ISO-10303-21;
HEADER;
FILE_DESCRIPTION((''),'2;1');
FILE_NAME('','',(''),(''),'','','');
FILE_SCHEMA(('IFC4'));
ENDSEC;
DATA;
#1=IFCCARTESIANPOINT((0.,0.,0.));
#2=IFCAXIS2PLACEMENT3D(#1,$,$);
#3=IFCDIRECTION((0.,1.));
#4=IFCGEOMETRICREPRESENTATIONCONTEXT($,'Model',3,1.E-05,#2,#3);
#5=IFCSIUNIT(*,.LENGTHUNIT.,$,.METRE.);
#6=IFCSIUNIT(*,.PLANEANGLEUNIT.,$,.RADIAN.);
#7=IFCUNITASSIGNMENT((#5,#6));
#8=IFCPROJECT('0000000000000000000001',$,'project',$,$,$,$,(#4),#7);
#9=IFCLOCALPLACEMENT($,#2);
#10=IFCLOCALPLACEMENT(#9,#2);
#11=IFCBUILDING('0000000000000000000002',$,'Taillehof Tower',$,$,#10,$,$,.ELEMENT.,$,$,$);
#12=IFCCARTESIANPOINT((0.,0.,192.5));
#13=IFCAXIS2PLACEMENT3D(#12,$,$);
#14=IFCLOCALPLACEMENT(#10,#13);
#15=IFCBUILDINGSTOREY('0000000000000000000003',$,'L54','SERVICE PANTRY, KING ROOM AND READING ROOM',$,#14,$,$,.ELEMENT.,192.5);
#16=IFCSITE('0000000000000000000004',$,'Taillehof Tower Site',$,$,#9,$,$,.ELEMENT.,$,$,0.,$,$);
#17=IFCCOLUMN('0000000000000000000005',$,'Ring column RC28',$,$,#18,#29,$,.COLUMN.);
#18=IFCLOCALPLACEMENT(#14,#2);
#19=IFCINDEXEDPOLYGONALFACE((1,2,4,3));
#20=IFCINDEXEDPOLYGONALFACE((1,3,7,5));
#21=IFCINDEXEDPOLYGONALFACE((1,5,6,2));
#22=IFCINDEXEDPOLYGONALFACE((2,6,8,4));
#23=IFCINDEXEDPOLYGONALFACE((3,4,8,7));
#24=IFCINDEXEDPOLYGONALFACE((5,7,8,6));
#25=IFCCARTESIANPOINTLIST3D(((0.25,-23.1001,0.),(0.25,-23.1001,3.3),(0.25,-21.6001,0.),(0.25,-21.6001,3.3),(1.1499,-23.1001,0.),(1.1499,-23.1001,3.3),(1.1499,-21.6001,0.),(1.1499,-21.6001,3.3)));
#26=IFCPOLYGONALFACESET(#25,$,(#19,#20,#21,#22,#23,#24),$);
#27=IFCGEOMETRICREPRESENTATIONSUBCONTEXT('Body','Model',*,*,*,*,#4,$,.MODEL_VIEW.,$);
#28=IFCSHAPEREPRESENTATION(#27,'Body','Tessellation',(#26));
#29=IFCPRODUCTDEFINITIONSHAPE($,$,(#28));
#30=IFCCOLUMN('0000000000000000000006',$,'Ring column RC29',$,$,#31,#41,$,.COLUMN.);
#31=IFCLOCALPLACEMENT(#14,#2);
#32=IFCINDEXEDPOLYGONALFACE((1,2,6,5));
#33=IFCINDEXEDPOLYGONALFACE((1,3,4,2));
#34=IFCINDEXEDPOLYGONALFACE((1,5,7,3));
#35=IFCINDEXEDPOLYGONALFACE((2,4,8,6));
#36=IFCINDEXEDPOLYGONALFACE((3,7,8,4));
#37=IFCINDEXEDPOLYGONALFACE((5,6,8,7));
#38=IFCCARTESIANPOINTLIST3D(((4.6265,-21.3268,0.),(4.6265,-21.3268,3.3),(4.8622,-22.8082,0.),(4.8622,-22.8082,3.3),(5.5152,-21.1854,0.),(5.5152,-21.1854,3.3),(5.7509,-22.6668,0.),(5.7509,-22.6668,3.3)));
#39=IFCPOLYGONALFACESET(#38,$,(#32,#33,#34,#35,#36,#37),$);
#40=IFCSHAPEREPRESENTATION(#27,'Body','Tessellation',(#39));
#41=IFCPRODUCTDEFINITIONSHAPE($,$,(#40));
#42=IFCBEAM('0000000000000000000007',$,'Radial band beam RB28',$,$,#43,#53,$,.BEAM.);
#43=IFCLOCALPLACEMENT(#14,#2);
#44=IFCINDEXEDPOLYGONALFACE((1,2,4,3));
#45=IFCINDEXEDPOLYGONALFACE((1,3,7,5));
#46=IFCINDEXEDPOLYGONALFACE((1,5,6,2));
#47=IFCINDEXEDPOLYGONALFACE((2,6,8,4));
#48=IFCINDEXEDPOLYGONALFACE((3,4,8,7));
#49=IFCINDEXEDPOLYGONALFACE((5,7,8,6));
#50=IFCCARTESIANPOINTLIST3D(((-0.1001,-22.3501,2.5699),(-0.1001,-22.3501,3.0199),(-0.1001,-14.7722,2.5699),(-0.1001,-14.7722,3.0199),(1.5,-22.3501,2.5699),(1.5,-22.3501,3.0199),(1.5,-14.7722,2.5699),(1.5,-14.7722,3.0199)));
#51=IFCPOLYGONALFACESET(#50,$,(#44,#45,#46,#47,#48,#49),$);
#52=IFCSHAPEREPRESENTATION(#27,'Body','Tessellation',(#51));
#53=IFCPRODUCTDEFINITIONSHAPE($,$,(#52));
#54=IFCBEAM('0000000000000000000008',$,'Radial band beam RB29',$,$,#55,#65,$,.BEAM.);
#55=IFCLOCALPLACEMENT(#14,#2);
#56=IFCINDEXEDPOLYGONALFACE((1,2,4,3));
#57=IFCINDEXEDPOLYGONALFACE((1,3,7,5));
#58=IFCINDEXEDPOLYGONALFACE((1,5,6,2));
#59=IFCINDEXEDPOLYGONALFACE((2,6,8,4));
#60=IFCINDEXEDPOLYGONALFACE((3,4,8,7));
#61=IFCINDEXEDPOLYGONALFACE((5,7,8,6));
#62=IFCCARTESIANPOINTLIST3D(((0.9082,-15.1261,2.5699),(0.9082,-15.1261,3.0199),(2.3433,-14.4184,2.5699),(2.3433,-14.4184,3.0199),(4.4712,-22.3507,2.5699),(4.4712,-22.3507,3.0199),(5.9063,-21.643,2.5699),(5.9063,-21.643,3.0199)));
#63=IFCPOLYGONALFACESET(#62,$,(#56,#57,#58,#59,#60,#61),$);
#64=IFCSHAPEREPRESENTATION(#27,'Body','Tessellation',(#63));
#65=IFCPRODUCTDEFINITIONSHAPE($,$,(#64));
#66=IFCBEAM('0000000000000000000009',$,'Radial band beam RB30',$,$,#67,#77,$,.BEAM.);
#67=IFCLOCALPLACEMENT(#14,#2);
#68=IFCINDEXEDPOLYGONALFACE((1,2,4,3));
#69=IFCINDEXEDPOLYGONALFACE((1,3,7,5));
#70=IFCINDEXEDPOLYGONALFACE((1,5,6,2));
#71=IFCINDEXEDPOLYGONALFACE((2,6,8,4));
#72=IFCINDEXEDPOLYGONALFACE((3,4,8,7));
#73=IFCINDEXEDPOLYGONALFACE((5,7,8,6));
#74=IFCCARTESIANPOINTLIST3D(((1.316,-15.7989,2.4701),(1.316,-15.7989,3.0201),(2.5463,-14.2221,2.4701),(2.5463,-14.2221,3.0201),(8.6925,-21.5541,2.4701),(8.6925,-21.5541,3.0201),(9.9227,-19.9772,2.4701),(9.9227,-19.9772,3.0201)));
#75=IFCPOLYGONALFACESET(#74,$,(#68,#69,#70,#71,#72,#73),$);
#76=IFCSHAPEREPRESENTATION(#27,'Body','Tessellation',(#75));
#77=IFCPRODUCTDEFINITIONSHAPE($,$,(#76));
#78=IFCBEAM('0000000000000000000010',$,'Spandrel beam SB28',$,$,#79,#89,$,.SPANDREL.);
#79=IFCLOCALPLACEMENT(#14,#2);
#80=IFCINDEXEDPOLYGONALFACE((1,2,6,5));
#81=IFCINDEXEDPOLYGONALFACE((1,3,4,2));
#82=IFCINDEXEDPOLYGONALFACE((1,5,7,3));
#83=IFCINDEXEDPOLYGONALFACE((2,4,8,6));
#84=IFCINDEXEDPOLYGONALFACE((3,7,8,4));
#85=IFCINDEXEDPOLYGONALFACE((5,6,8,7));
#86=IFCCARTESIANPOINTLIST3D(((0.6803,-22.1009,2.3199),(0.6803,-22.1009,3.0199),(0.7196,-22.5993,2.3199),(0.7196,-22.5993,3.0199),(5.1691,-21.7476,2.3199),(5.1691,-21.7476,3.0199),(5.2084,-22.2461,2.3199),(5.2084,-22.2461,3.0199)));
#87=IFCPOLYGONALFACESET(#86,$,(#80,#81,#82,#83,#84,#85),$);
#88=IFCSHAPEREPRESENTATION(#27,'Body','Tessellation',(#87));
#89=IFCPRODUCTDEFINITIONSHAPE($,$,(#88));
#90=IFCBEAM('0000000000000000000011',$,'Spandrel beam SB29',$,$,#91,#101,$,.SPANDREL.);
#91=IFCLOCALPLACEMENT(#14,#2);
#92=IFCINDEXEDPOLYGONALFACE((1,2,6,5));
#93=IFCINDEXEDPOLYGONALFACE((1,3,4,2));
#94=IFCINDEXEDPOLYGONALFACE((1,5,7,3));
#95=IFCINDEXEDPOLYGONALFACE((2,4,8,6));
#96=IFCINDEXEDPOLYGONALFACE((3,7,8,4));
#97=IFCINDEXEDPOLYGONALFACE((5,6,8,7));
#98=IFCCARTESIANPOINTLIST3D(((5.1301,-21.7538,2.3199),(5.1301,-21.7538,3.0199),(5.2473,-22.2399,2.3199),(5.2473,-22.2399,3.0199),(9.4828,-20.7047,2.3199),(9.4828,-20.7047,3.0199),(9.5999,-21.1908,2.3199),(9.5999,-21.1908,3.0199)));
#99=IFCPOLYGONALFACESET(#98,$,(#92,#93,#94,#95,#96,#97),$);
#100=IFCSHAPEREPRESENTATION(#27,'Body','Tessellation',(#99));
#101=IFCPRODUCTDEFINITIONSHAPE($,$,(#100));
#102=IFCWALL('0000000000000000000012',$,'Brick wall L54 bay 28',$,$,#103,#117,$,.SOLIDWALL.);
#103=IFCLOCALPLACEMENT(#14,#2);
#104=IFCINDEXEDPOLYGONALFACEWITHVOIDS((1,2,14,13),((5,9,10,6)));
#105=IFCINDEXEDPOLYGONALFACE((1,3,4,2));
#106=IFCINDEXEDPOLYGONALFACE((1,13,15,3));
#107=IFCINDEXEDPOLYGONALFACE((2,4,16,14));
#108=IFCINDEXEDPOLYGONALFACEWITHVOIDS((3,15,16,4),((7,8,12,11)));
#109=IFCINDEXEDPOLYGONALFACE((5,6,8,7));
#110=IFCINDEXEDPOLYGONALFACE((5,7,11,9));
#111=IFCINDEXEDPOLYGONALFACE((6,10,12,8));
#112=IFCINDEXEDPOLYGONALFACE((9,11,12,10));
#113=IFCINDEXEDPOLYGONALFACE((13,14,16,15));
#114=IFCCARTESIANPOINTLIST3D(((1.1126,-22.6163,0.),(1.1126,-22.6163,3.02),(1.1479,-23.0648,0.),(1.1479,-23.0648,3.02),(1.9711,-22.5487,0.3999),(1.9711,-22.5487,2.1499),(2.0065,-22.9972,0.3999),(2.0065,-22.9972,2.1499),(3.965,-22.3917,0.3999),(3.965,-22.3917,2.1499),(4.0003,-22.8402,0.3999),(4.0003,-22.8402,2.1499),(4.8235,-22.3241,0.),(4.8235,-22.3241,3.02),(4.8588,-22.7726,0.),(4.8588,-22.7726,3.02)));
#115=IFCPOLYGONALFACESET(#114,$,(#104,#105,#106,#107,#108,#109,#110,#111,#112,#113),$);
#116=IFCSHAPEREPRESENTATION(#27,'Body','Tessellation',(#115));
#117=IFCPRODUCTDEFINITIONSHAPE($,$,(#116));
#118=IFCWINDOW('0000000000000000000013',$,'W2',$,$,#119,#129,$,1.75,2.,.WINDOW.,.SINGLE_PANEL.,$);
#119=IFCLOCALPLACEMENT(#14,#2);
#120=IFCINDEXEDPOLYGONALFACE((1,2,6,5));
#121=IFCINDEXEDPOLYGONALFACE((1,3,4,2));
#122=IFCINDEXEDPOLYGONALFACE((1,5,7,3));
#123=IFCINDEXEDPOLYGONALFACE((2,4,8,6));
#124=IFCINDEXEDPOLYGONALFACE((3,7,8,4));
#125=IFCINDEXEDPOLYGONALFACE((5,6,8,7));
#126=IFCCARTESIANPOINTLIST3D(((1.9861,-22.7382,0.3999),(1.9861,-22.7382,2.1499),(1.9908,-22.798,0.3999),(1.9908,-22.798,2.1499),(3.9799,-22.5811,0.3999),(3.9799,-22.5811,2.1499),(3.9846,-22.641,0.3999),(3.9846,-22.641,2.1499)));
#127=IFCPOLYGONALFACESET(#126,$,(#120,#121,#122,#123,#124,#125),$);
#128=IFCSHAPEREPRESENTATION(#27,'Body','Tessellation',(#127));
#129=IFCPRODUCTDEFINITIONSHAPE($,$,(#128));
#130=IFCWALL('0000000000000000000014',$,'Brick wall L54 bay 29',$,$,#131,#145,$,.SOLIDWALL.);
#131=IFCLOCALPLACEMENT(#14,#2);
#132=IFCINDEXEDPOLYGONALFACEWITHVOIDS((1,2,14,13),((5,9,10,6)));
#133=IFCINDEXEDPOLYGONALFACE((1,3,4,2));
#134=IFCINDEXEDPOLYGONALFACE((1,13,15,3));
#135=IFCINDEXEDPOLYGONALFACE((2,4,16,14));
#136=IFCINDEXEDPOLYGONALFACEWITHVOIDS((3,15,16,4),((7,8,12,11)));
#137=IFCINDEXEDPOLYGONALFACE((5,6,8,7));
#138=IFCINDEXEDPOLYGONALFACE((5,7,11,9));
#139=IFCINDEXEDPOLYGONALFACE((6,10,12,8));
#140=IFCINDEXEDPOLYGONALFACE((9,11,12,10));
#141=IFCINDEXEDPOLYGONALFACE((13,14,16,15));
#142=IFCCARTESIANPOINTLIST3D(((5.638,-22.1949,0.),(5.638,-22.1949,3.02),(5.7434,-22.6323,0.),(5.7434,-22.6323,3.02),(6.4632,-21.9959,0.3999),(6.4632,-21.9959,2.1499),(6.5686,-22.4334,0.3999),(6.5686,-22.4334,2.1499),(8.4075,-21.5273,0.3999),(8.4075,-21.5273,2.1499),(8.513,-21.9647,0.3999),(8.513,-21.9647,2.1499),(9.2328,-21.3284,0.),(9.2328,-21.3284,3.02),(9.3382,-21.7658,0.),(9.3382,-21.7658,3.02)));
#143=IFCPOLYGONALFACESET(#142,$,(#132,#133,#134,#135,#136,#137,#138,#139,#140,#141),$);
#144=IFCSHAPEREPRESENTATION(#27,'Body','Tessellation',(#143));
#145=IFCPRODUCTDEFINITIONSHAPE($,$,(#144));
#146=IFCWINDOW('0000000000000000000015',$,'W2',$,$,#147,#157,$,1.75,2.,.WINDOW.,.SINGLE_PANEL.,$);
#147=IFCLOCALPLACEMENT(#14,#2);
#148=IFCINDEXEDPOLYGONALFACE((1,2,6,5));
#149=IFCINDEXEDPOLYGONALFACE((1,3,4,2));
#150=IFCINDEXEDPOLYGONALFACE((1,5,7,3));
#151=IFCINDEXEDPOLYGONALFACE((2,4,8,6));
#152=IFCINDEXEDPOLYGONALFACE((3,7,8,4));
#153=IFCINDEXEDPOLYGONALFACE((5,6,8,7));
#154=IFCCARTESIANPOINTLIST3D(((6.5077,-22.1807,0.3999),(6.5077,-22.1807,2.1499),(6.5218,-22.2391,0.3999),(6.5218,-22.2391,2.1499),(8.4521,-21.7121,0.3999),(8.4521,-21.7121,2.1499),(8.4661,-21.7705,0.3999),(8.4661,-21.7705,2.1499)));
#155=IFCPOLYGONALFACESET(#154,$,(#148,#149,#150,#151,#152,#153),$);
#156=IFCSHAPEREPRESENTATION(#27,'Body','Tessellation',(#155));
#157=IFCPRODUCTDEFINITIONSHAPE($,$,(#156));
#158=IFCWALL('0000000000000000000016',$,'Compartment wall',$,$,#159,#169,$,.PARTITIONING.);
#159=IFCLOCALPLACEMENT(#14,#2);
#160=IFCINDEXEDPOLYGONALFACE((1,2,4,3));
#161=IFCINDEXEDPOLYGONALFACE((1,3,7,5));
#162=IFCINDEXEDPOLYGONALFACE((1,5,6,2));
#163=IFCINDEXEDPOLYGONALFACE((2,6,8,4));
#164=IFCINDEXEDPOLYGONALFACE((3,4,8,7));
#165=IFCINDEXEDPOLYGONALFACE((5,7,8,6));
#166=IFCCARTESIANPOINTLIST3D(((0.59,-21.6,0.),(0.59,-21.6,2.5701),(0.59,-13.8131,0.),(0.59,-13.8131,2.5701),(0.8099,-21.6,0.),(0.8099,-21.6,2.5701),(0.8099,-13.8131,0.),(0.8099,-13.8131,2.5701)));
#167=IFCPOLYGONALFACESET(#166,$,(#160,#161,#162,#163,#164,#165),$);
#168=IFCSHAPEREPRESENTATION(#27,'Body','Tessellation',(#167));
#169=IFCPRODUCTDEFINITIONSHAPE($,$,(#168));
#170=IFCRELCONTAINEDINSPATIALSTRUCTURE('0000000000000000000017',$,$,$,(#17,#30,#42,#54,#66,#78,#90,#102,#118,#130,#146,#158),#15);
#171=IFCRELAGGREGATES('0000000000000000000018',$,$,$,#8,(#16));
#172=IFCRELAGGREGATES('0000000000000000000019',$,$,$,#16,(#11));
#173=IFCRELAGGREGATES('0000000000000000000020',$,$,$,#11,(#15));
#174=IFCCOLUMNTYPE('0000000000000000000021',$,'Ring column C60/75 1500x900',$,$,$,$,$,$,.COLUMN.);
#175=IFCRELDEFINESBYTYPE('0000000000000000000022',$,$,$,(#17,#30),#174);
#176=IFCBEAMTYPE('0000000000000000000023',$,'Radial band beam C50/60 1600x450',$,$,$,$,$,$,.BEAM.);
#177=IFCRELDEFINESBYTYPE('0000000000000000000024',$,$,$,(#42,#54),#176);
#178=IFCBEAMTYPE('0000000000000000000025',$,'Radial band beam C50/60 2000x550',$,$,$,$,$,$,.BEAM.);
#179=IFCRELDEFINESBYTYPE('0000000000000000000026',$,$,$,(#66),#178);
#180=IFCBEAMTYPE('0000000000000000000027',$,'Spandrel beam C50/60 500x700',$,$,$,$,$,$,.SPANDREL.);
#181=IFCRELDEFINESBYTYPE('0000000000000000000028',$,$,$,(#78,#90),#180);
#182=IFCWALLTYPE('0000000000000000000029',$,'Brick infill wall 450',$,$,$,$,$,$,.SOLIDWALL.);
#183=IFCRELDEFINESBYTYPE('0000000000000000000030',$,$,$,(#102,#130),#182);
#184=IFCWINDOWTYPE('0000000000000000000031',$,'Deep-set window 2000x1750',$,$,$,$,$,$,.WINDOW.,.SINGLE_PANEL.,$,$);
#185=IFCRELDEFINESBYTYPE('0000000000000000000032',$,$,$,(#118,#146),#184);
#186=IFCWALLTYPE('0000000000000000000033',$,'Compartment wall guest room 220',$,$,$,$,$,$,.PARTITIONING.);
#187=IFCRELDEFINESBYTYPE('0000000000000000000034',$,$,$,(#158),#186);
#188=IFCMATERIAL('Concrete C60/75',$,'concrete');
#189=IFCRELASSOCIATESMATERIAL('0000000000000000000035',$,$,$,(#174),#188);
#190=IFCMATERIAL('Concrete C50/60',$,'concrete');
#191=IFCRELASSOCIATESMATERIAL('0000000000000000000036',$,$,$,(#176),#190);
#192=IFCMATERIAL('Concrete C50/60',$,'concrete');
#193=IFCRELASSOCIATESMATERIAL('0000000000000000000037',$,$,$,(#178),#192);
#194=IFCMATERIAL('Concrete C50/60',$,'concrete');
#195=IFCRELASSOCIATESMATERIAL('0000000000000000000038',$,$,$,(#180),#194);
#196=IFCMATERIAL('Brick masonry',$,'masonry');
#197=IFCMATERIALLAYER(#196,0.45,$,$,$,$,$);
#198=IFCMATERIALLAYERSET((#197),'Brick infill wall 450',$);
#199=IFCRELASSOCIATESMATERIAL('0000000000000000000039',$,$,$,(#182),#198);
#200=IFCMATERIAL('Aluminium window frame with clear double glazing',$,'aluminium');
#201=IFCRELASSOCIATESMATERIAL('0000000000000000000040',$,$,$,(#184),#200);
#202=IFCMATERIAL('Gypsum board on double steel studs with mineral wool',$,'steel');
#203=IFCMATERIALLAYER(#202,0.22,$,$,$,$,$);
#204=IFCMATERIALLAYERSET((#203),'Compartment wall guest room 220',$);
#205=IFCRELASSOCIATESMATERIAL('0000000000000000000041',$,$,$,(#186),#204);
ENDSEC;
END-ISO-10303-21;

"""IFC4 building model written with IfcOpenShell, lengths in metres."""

from ifc_helpers import new_model, si_unit, direction, frame, frame_2d, origin, origin_2d, place, context, subcontext, project, spatial, rectangle, extrude, material, layer, layer_set, material_profile, profile_set, type_object, element, fill, save


model = new_model("IFC4")

# Units and contexts
model_context = context("Model", 3, precision=1e-05, world=origin(), true_north=direction((0.0, 1.0)))
body_context = subcontext(model_context, "Body", "Model", "MODEL_VIEW")
ifc_project = project(units=[si_unit("LENGTHUNIT", "METRE"), si_unit("PLANEANGLEUNIT", "RADIAN")], contexts=[model_context])

# Site, building, storey
site_placement = place(None, origin())
site = spatial("IfcSite", under=ifc_project, at=site_placement, Name="Taillehof Tower Site", CompositionType="ELEMENT", RefElevation=0.0)
building_placement = place(site_placement, origin())
building = spatial("IfcBuilding", under=site, at=building_placement, Name="Taillehof Tower", CompositionType="ELEMENT")
storey_placement = place(building_placement, frame((0.0, 0.0, 192.5)))
storey = spatial("IfcBuildingStorey", under=building, at=storey_placement, Name="L54", Description="SERVICE PANTRY, KING ROOM AND READING ROOM", CompositionType="ELEMENT", Elevation=192.5)

# Columns
ifc_material_1 = material(Name="Concrete C60/75", Category="concrete")
ifc_material_profile_1 = material_profile(ifc_material_1, rectangle(XDim=1.5, YDim=0.8999, at=origin_2d()), Name="RC 1500x900")
ifc_profile_set_1 = profile_set([ifc_material_profile_1], Name="Concrete C60/75")
column_type = type_object("IfcColumnType", Name="Ring column C60/75 1500x900", PredefinedType="COLUMN", material=ifc_profile_set_1)
for number, where, z_axis, x_axis, name in (
    (1, (0.7, -22.3501, 0.0), (0.0, 0.0, 1.0), (0.0, -1.0, 0.0), "Ring column RC28"),
    (2, (5.1887, -21.9968, 0.0), (0.0, 0.0, 1.0), (0.157116, -0.98758, 0.0), "Ring column RC29"),
):
    element("IfcColumn", number, at=place(storey_placement, frame(where, z_axis=z_axis, x_axis=x_axis)), inside=storey, type_object=column_type, Name=name, PredefinedType="COLUMN", context=body_context, shape_type="SweptSolid", body=[
        extrude(rectangle(XDim=1.5, YDim=0.8999, at=origin_2d()), origin(), (0.0, 0.0, 1.0), 3.3),
    ])

# Beams
ifc_material_2 = material(Name="Concrete C50/60", Category="concrete")
ifc_material_profile_2 = material_profile(ifc_material_2, rectangle(XDim=1.6001, YDim=0.45, at=origin_2d()), Name="RC 1600x450")
ifc_profile_set_2 = profile_set([ifc_material_profile_2], Name="Concrete C50/60")
beam_type_1 = type_object("IfcBeamType", Name="Radial band beam C50/60 1600x450", PredefinedType="BEAM", material=ifc_profile_set_2)
beam_1_placement = place(storey_placement, frame((0.7, -22.3501, 2.7949), z_axis=(0.0, 1.0, 0.0), x_axis=(-1.0, 0.0, 0.0)))
element("IfcBeam", 3, at=beam_1_placement, inside=storey, type_object=beam_type_1, Name="Radial band beam RB28", PredefinedType="BEAM", context=body_context, shape_type="SweptSolid", body=[
    extrude(rectangle(XDim=1.6001, YDim=0.45, at=origin_2d()), origin(), (0.0, 0.0, 1.0), 7.5779),
])
beam_2_placement = place(storey_placement, frame((5.1887, -21.9968, 2.7949), z_axis=(-0.442309, 0.896863, 0.0), x_axis=(-0.896863, -0.442309, 0.0)))
element("IfcBeam", 4, at=beam_2_placement, inside=storey, type_object=beam_type_1, Name="Radial band beam RB29", PredefinedType="BEAM", context=body_context, shape_type="SweptSolid", body=[
    extrude(rectangle(XDim=1.6001, YDim=0.45, at=origin_2d()), origin(), (0.0, 0.0, 1.0), 8.0554),
])
ifc_material_3 = material(Name="Concrete C50/60", Category="concrete")
ifc_material_profile_3 = material_profile(ifc_material_3, rectangle(XDim=2.0, YDim=0.55, at=origin_2d()), Name="RC 2000x550")
ifc_profile_set_3 = profile_set([ifc_material_profile_3], Name="Concrete C50/60")
beam_type_2 = type_object("IfcBeamType", Name="Radial band beam C50/60 2000x550", PredefinedType="BEAM", material=ifc_profile_set_3)
beam_3_placement = place(storey_placement, frame((9.3076, -20.7656, 2.7451), z_axis=(-0.788425, 0.61513, 0.0), x_axis=(-0.61513, -0.788425, 0.0)))
element("IfcBeam", 5, at=beam_3_placement, inside=storey, type_object=beam_type_2, Name="Radial band beam RB30", PredefinedType="BEAM", context=body_context, shape_type="SweptSolid", body=[
    extrude(rectangle(XDim=2.0, YDim=0.55, at=origin_2d()), origin(), (0.0, 0.0, 1.0), 9.356),
])
ifc_material_4 = material(Name="Concrete C50/60", Category="concrete")
ifc_material_profile_4 = material_profile(ifc_material_4, rectangle(XDim=0.5, YDim=0.7, at=origin_2d()), Name="RC 500x700")
ifc_profile_set_4 = profile_set([ifc_material_profile_4], Name="Concrete C50/60")
beam_type_3 = type_object("IfcBeamType", Name="Spandrel beam C50/60 500x700", PredefinedType="SPANDREL", material=ifc_profile_set_4)
beam_4_placement = place(storey_placement, frame((0.7, -22.3501, 2.6699), z_axis=(0.996917, 0.078459, 0.0), x_axis=(-0.078459, 0.996917, 0.0)))
element("IfcBeam", 6, at=beam_4_placement, inside=storey, type_object=beam_type_3, Name="Spandrel beam SB28", PredefinedType="SPANDREL", context=body_context, shape_type="SweptSolid", body=[
    extrude(rectangle(XDim=0.5, YDim=0.7, at=origin_2d()), origin(), (0.0, 0.0, 1.0), 4.5027),
])
beam_5_placement = place(storey_placement, frame((5.1887, -21.9968, 2.6699), z_axis=(0.972161, 0.234315, 0.0), x_axis=(-0.234315, 0.972161, 0.0)))
element("IfcBeam", 7, at=beam_5_placement, inside=storey, type_object=beam_type_3, Name="Spandrel beam SB29", PredefinedType="SPANDREL", context=body_context, shape_type="SweptSolid", body=[
    extrude(rectangle(XDim=0.5, YDim=0.7, at=origin_2d()), origin(), (0.0, 0.0, 1.0), 4.4773),
])

# Walls, openings, windows
ifc_material_5 = material(Name="Brick masonry", Category="masonry")
ifc_layer_1 = layer(ifc_material_5, 0.45)
ifc_layer_set_1 = layer_set([ifc_layer_1], Name="Brick infill wall 450")
wall_type_1 = type_object("IfcWallType", Name="Brick infill wall 450", PredefinedType="SOLIDWALL", material=ifc_layer_set_1)
wall_1_placement = place(storey_placement, frame((1.1301, -22.8406, 0.0), z_axis=(0.0, 0.0, 1.0), x_axis=(0.996914, 0.078507, 0.0)))
wall_1 = element("IfcWall", 8, at=wall_1_placement, inside=storey, type_object=wall_type_1, Name="Brick wall L54 bay 28", PredefinedType="SOLIDWALL", context=body_context, shape_type="SweptSolid", body=[
    extrude(rectangle(XDim=3.7224, YDim=0.45, at=frame_2d((1.8613, 0.0))), origin(), (0.0, 0.0, 1.0), 3.02),
])
opening_1_placement = place(wall_1_placement, frame((0.8613, 0.0, 0.3999)))
opening_1 = element("IfcOpeningElement", 9, at=opening_1_placement, cuts=wall_1, PredefinedType="OPENING", context=body_context, shape_type="SweptSolid", body=[
    extrude(rectangle(XDim=2.0, YDim=1.75, at=frame_2d((1.0, 0.875))), frame((0.0, 0.2349, 0.0), z_axis=(0.0, -1.0, 0.0), x_axis=(1.0, 0.0, 0.0)), (0.0, 0.0, 1.0), 0.47),
])
ifc_material_6 = material(Name="Aluminium window frame with clear double glazing", Category="aluminium")
window_type = type_object("IfcWindowType", Name="Deep-set window 2000x1750", PartitioningType="SINGLE_PANEL", PredefinedType="WINDOW", material=ifc_material_6)
window_1_placement = place(opening_1_placement, origin())
window_1 = element("IfcWindow", 10, at=window_1_placement, inside=storey, type_object=window_type, Name="W2", OverallHeight=1.75, OverallWidth=2.0, PartitioningType="SINGLE_PANEL", PredefinedType="WINDOW", context=body_context, shape_type="SweptSolid", body=[
    extrude(rectangle(XDim=2.0, YDim=1.75, at=frame_2d((1.0, 0.875))), frame((0.0, 0.0349, 0.0), z_axis=(0.0, -1.0, 0.0), x_axis=(1.0, 0.0, 0.0)), (0.0, 0.0, 1.0), 0.0601),
])
fill(opening_1, window_1)
wall_2_placement = place(storey_placement, frame((5.6907, -22.4136, 0.0), z_axis=(0.0, 0.0, 1.0), x_axis=(0.972158, 0.234324, 0.0)))
wall_2 = element("IfcWall", 11, at=wall_2_placement, inside=storey, type_object=wall_type_1, Name="Brick wall L54 bay 29", PredefinedType="SOLIDWALL", context=body_context, shape_type="SweptSolid", body=[
    extrude(rectangle(XDim=3.6978, YDim=0.45, at=frame_2d((1.8489, 0.0))), origin(), (0.0, 0.0, 1.0), 3.02),
])
opening_2_placement = place(wall_2_placement, frame((0.8489, 0.0, 0.3999)))
opening_2 = element("IfcOpeningElement", 12, at=opening_2_placement, cuts=wall_2, PredefinedType="OPENING", context=body_context, shape_type="SweptSolid", body=[
    extrude(rectangle(XDim=2.0, YDim=1.75, at=frame_2d((1.0, 0.875))), frame((0.0, 0.2349, 0.0), z_axis=(0.0, -1.0, 0.0), x_axis=(1.0, 0.0, 0.0)), (0.0, 0.0, 1.0), 0.47),
])
window_2_placement = place(opening_2_placement, origin())
window_2 = element("IfcWindow", 13, at=window_2_placement, inside=storey, type_object=window_type, Name="W2", OverallHeight=1.75, OverallWidth=2.0, PartitioningType="SINGLE_PANEL", PredefinedType="WINDOW", context=body_context, shape_type="SweptSolid", body=[
    extrude(rectangle(XDim=2.0, YDim=1.75, at=frame_2d((1.0, 0.875))), frame((0.0, 0.0349, 0.0), z_axis=(0.0, -1.0, 0.0), x_axis=(1.0, 0.0, 0.0)), (0.0, 0.0, 1.0), 0.0601),
])
fill(opening_2, window_2)

# Wall
ifc_material_7 = material(Name="Gypsum board on double steel studs with mineral wool", Category="steel")
ifc_layer_2 = layer(ifc_material_7, 0.22)
ifc_layer_set_2 = layer_set([ifc_layer_2], Name="Compartment wall guest room 220")
wall_type_2 = type_object("IfcWallType", Name="Compartment wall guest room 220", PredefinedType="PARTITIONING", material=ifc_layer_set_2)
wall_3_placement = place(storey_placement, frame((0.7, -21.6001, 0.0), z_axis=(0.0, 0.0, 1.0), x_axis=(0.0, 1.0, 0.0)))
element("IfcWall", 14, at=wall_3_placement, inside=storey, type_object=wall_type_2, Name="Compartment wall", PredefinedType="PARTITIONING", context=body_context, shape_type="SweptSolid", body=[
    extrude(rectangle(XDim=7.7869, YDim=0.22, at=frame_2d((3.8936, 0.0))), origin(), (0.0, 0.0, 1.0), 2.5701),
])

save(model, "model.ifc")
